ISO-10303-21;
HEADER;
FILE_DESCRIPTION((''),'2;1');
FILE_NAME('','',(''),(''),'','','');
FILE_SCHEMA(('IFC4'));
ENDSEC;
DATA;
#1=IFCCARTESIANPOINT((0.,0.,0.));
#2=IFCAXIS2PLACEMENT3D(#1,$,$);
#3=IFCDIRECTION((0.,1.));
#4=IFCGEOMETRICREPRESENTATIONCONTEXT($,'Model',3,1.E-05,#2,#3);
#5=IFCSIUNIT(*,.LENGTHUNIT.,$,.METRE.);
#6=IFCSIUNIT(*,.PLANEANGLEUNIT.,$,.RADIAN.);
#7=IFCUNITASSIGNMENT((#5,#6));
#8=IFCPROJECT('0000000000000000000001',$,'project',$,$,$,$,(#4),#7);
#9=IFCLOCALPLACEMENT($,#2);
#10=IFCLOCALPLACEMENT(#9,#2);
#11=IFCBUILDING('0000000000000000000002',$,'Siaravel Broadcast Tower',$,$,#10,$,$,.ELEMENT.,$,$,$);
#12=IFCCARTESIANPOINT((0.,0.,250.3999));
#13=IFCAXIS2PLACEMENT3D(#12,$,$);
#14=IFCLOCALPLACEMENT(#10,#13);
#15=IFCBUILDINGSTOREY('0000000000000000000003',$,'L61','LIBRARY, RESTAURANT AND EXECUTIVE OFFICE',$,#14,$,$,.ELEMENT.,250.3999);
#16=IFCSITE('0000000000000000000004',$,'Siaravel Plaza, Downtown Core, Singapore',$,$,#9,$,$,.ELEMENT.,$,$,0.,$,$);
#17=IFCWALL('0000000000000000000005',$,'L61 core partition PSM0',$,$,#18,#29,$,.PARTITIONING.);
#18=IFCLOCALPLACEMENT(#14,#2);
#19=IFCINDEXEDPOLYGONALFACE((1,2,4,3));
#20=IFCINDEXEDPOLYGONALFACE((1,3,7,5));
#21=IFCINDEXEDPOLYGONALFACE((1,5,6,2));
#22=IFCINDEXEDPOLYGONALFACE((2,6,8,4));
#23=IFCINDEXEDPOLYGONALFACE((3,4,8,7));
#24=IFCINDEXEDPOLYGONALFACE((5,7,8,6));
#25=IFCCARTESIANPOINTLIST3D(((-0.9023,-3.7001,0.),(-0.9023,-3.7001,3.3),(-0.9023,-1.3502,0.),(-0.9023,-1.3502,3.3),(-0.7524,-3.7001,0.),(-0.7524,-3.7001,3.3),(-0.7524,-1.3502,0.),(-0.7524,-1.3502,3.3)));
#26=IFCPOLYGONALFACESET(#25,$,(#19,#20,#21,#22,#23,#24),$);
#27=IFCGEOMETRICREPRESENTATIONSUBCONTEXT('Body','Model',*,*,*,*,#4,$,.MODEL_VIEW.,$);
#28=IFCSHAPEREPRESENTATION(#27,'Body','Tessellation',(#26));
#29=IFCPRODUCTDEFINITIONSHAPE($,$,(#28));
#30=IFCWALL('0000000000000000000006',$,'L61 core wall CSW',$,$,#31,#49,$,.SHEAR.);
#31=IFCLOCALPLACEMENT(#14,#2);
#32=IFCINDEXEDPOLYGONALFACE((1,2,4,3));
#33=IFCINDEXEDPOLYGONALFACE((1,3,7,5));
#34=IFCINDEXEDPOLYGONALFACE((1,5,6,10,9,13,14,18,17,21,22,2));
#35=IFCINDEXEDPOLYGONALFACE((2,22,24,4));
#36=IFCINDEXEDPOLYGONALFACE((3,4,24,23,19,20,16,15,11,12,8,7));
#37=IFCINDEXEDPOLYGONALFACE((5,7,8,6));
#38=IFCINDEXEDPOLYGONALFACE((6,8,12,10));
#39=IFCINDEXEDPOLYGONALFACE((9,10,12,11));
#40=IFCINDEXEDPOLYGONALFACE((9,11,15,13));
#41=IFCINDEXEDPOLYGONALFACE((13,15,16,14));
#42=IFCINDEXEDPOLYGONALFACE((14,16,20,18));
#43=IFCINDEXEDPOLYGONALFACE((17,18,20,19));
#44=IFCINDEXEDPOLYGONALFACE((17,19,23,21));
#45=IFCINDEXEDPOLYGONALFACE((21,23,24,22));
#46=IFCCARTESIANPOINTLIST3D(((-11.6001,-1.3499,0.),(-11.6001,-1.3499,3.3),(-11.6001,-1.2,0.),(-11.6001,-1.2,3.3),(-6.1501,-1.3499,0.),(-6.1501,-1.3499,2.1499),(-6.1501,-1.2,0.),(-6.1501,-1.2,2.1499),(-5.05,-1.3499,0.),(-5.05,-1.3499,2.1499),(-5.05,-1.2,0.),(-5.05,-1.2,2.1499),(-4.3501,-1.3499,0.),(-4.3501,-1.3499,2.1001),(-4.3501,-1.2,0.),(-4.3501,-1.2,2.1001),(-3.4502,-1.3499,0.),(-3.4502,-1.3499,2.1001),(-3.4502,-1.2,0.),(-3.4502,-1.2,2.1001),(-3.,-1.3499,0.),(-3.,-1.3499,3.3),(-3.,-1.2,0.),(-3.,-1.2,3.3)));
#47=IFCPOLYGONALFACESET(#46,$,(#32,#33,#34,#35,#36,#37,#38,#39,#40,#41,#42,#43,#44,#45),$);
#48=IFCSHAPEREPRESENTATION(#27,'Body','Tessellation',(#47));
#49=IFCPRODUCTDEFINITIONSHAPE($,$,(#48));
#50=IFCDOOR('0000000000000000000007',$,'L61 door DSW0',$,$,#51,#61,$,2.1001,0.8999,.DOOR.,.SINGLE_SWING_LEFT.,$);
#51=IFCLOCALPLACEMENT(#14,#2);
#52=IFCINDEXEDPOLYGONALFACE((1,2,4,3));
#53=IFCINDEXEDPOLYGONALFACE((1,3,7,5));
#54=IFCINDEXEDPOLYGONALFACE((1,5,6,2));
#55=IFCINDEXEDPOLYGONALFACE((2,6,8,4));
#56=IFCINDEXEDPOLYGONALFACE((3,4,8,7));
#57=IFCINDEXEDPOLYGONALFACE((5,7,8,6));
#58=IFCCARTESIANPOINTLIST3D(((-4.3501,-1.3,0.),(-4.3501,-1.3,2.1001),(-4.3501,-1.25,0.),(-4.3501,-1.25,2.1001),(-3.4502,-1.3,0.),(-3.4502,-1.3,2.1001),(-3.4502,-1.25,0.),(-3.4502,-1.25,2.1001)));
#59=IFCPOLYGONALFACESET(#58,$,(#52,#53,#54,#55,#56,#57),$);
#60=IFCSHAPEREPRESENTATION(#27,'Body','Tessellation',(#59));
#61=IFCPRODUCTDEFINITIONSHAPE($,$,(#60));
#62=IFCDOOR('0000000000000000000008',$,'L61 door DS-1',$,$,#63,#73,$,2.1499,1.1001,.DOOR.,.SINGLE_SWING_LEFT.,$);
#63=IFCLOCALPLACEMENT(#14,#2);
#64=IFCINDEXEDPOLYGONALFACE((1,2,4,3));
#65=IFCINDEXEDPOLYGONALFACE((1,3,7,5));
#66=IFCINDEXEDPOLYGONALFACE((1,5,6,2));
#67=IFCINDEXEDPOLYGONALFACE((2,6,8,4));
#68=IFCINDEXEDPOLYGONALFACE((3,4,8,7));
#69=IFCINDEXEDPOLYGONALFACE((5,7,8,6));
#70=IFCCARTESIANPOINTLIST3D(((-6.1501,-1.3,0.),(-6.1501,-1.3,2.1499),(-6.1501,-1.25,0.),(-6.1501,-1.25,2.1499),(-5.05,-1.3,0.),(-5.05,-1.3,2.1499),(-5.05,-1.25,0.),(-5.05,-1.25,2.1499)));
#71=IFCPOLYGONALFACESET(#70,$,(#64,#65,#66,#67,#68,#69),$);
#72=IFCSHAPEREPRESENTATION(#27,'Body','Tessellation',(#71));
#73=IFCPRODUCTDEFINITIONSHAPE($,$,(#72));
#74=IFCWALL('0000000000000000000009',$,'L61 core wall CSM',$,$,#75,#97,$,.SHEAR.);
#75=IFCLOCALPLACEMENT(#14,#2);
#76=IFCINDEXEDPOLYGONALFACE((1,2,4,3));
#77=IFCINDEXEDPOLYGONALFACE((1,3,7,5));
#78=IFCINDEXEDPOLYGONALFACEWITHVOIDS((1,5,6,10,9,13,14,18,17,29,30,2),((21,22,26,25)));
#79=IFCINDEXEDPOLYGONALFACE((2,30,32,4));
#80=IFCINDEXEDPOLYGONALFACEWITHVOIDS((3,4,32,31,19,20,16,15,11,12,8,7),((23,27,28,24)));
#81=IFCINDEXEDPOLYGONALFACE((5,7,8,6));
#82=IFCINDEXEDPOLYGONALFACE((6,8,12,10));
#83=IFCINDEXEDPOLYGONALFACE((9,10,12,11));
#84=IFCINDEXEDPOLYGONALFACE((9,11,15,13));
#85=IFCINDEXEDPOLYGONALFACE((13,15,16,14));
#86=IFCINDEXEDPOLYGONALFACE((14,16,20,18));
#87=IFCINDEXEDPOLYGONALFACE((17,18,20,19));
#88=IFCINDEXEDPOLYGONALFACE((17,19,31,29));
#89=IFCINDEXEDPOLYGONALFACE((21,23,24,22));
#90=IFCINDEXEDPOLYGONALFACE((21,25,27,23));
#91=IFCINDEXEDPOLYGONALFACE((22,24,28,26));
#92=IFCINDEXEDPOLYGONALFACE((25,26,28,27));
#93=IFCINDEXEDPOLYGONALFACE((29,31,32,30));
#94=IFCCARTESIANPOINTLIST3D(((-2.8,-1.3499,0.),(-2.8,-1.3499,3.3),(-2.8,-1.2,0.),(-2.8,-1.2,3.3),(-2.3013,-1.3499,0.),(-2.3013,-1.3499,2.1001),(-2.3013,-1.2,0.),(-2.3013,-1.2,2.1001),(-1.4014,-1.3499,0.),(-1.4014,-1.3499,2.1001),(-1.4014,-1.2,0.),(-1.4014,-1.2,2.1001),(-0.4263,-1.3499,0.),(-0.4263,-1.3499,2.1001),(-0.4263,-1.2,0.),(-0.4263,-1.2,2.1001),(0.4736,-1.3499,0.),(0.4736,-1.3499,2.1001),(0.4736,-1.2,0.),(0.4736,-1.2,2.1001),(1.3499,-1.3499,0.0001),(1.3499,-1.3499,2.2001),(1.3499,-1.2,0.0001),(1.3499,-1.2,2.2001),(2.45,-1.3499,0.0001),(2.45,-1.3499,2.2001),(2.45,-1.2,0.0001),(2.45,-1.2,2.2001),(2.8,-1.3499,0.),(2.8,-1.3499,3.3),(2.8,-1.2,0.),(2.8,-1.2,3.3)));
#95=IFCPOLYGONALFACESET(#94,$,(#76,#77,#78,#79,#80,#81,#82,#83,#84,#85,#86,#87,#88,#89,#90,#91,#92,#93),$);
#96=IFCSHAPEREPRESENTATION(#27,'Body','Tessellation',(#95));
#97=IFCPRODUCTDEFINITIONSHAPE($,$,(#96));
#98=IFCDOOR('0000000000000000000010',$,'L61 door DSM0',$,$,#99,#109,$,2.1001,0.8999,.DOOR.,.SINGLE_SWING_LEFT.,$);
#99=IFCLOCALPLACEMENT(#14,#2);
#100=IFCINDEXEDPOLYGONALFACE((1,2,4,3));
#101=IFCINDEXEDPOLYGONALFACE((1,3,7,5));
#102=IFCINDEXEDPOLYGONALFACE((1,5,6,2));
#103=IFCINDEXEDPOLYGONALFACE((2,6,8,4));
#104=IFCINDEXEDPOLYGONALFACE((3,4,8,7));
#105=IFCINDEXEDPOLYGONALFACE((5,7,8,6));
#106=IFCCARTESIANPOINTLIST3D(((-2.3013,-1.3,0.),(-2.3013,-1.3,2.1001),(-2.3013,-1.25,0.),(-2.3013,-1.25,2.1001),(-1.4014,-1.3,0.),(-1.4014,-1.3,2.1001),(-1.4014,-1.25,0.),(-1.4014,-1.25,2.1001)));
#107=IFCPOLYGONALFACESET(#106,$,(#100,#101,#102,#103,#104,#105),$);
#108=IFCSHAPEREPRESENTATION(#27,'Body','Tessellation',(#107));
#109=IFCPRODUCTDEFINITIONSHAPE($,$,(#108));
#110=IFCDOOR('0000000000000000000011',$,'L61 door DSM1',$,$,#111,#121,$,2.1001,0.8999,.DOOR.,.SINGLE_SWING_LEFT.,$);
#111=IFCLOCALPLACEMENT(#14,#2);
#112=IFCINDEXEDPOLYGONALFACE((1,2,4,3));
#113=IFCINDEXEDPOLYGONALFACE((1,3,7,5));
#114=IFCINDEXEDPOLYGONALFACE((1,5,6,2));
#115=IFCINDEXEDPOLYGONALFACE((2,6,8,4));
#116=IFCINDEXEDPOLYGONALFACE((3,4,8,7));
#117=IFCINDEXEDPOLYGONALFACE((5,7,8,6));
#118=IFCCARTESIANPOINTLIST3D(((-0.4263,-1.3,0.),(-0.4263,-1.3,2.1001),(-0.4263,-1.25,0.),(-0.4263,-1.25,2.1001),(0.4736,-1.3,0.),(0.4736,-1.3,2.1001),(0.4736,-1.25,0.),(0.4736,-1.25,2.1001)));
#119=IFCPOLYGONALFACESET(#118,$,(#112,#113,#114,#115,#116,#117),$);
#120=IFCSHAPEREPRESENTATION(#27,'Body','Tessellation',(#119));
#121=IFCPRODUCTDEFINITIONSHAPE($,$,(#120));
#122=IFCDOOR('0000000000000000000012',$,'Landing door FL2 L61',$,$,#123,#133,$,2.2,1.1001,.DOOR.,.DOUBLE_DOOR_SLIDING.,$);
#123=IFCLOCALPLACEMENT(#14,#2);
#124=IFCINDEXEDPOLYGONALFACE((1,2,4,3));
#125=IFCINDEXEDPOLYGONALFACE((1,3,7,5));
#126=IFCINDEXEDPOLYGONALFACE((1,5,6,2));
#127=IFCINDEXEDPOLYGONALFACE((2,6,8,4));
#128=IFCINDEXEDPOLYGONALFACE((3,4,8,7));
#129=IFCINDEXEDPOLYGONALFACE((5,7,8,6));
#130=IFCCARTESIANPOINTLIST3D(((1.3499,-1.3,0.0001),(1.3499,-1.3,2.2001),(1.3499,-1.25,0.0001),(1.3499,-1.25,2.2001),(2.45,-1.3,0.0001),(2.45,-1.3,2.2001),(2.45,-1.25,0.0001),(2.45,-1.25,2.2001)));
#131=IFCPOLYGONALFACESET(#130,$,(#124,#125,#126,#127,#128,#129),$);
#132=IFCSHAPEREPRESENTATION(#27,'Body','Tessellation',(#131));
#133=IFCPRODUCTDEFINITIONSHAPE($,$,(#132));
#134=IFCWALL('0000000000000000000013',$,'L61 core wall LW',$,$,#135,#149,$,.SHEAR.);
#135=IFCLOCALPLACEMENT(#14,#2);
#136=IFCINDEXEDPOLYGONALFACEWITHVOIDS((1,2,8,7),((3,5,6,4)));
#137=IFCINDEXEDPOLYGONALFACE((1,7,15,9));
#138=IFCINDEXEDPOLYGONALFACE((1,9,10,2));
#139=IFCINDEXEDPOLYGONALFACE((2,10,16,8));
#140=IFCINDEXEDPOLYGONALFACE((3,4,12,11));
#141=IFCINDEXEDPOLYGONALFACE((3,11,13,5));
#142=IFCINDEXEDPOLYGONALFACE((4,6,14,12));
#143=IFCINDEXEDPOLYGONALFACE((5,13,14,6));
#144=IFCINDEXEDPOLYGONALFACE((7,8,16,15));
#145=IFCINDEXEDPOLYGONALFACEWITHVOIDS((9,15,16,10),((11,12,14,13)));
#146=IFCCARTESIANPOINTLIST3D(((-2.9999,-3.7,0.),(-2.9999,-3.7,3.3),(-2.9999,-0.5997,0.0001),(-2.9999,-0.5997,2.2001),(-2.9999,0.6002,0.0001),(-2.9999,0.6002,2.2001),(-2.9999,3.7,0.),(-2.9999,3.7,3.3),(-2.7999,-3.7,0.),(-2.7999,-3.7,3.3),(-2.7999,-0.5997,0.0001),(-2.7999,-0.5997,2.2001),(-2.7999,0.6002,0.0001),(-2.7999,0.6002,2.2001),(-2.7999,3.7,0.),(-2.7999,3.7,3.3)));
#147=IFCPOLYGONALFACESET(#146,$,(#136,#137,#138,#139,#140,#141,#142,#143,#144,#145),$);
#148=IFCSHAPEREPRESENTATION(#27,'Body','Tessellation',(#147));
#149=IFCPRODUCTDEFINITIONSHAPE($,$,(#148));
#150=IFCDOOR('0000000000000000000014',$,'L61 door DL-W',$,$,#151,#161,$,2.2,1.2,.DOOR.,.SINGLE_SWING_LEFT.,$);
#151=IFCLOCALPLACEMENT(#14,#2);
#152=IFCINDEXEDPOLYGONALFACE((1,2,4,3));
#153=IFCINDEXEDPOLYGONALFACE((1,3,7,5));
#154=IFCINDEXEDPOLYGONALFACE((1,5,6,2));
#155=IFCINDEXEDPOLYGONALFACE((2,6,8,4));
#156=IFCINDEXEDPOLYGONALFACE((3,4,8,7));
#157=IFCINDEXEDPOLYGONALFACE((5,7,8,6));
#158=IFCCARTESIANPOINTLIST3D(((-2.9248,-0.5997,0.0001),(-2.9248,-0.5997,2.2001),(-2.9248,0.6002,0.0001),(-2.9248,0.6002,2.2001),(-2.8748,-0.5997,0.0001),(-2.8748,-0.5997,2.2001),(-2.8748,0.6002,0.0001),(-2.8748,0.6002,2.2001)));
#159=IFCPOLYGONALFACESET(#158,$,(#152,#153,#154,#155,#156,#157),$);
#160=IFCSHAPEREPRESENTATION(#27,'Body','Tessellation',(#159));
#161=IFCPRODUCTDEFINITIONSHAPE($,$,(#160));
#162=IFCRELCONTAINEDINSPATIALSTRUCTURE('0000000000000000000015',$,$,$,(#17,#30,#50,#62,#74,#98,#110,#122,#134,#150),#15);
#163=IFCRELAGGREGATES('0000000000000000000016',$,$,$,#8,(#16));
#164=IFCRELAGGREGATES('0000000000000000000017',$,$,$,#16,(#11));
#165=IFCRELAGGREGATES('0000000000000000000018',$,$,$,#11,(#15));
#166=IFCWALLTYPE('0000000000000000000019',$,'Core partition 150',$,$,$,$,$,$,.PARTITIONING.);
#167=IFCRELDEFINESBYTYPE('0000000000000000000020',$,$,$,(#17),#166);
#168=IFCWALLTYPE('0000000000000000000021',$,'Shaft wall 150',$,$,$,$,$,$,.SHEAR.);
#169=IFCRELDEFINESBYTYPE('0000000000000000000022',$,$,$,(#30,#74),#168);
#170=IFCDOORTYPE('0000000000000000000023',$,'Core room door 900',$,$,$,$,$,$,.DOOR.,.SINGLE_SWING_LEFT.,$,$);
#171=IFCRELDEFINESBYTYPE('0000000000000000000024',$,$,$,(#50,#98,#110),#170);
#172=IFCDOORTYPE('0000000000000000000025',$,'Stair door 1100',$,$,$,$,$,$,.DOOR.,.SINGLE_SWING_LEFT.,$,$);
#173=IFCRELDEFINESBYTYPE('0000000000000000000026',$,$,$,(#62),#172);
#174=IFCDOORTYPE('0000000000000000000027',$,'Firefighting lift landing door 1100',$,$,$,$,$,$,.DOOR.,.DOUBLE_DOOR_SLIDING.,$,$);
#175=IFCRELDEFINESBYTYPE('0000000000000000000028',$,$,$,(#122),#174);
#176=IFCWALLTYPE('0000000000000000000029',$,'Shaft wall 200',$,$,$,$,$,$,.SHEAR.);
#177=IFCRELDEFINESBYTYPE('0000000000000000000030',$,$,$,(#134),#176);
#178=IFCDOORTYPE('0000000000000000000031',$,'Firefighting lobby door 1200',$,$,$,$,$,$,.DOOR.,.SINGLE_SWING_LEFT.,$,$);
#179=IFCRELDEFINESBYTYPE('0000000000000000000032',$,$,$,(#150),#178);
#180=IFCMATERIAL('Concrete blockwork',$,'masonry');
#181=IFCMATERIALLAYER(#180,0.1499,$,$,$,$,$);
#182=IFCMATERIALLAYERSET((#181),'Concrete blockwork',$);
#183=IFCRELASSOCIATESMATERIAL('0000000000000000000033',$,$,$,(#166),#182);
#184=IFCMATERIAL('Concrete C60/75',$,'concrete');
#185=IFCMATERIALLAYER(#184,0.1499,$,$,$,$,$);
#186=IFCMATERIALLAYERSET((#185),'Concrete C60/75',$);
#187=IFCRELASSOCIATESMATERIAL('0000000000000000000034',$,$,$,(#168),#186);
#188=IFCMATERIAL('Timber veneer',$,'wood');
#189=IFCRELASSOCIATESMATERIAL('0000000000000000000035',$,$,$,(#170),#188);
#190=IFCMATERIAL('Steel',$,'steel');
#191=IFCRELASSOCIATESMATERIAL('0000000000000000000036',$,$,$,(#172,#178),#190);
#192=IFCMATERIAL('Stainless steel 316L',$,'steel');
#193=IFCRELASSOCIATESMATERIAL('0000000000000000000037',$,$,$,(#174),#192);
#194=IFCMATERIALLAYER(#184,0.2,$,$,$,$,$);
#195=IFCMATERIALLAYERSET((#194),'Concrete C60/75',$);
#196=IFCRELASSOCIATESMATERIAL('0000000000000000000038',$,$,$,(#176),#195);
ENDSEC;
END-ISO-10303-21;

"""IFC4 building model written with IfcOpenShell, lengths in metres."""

from ifc_helpers import new_model, si_unit, direction, frame, frame_2d, origin, place, context, subcontext, project, spatial, rectangle, extrude, material, layer, layer_set, type_object, element, fill, save


model = new_model("IFC4")

# Units and contexts
model_context = context("Model", 3, precision=1e-05, world=origin(), true_north=direction((0.0, 1.0)))
body_context = subcontext(model_context, "Body", "Model", "MODEL_VIEW")
ifc_project = project(units=[si_unit("LENGTHUNIT", "METRE"), si_unit("PLANEANGLEUNIT", "RADIAN")], contexts=[model_context])

# Site, building, storey
site_placement = place(None, origin())
site = spatial("IfcSite", under=ifc_project, at=site_placement, Name="Siaravel Plaza, Downtown Core, Singapore", CompositionType="ELEMENT", RefElevation=0.0)
building_placement = place(site_placement, origin())
building = spatial("IfcBuilding", under=site, at=building_placement, Name="Siaravel Broadcast Tower", CompositionType="ELEMENT")
storey_placement = place(building_placement, frame((0.0, 0.0, 250.3999)))
storey = spatial("IfcBuildingStorey", under=building, at=storey_placement, Name="L61", Description="LIBRARY, RESTAURANT AND EXECUTIVE OFFICE", CompositionType="ELEMENT", Elevation=250.3999)

# Wall
ifc_material_1 = material(Name="Concrete blockwork", Category="masonry")
ifc_layer_1 = layer(ifc_material_1, 0.1499)
ifc_layer_set_1 = layer_set([ifc_layer_1], Name="Concrete blockwork")
wall_type_1 = type_object("IfcWallType", Name="Core partition 150", PredefinedType="PARTITIONING", material=ifc_layer_set_1)
wall_1_placement = place(storey_placement, frame((-0.8274, -3.7, 0.0), z_axis=(0.0, 0.0, 1.0), x_axis=(0.0, 1.0, 0.0)))
element("IfcWall", 1, at=wall_1_placement, inside=storey, type_object=wall_type_1, Name="L61 core partition PSM0", PredefinedType="PARTITIONING", context=body_context, shape_type="SweptSolid", body=[
    extrude(rectangle(XDim=2.3499, YDim=0.1499, at=frame_2d((1.1748, 0.0))), origin(), (0.0, 0.0, 1.0), 3.3),
])

# Walls, openings, doors
ifc_material_2 = material(Name="Concrete C60/75", Category="concrete")
ifc_layer_2 = layer(ifc_material_2, 0.1499)
ifc_layer_set_2 = layer_set([ifc_layer_2], Name="Concrete C60/75")
wall_type_2 = type_object("IfcWallType", Name="Shaft wall 150", PredefinedType="SHEAR", material=ifc_layer_set_2)
wall_2_placement = place(storey_placement, frame((-11.6001, -1.2749, 0.0), z_axis=(0.0, 0.0, 1.0), x_axis=(1.0, 0.0, 0.0)))
wall_2 = element("IfcWall", 2, at=wall_2_placement, inside=storey, type_object=wall_type_2, Name="L61 core wall CSW", PredefinedType="SHEAR", context=body_context, shape_type="SweptSolid", body=[
    extrude(rectangle(XDim=8.6001, YDim=0.1499, at=frame_2d((4.3, 0.0))), origin(), (0.0, 0.0, 1.0), 3.3),
])
opening_1_placement = place(wall_2_placement, frame((5.45, 0.0, 0.0)))
opening_1 = element("IfcOpeningElement", 3, at=opening_1_placement, cuts=wall_2, PredefinedType="OPENING", context=body_context, shape_type="SweptSolid", body=[
    extrude(rectangle(XDim=1.1001, YDim=2.1499, at=frame_2d((0.55, 1.075))), frame((0.0, 0.085, 0.0), z_axis=(0.0, -1.0, 0.0), x_axis=(1.0, 0.0, 0.0)), (0.0, 0.0, 1.0), 0.1699),
])
opening_2_placement = place(wall_2_placement, frame((7.25, 0.0, 0.0)))
opening_2 = element("IfcOpeningElement", 4, at=opening_2_placement, cuts=wall_2, PredefinedType="OPENING", context=body_context, shape_type="SweptSolid", body=[
    extrude(rectangle(XDim=0.8999, YDim=2.1001, at=frame_2d((0.45, 1.05))), frame((0.0, 0.085, 0.0), z_axis=(0.0, -1.0, 0.0), x_axis=(1.0, 0.0, 0.0)), (0.0, 0.0, 1.0), 0.1699),
])
ifc_material_3 = material(Name="Timber veneer", Category="wood")
door_type_1 = type_object("IfcDoorType", Name="Core room door 900", OperationType="SINGLE_SWING_LEFT", PredefinedType="DOOR", material=ifc_material_3)
door_1_placement = place(opening_2_placement, origin())
door_1 = element("IfcDoor", 5, at=door_1_placement, inside=storey, type_object=door_type_1, Name="L61 door DSW0", OperationType="SINGLE_SWING_LEFT", OverallHeight=2.1001, OverallWidth=0.8999, PredefinedType="DOOR", context=body_context, shape_type="SweptSolid", body=[
    extrude(rectangle(XDim=0.8999, YDim=2.1001, at=frame_2d((0.45, 1.05))), frame((0.0, 0.0249, 0.0), z_axis=(0.0, -1.0, 0.0), x_axis=(1.0, 0.0, 0.0)), (0.0, 0.0, 1.0), 0.05),
])
fill(opening_2, door_1)
ifc_material_4 = material(Name="Steel", Category="steel")
door_type_2 = type_object("IfcDoorType", Name="Stair door 1100", OperationType="SINGLE_SWING_LEFT", PredefinedType="DOOR", material=ifc_material_4)
door_2_placement = place(opening_1_placement, origin())
door_2 = element("IfcDoor", 6, at=door_2_placement, inside=storey, type_object=door_type_2, Name="L61 door DS-1", OperationType="SINGLE_SWING_LEFT", OverallHeight=2.1499, OverallWidth=1.1001, PredefinedType="DOOR", context=body_context, shape_type="SweptSolid", body=[
    extrude(rectangle(XDim=1.1001, YDim=2.1499, at=frame_2d((0.55, 1.075))), frame((0.0, 0.0249, 0.0), z_axis=(0.0, -1.0, 0.0), x_axis=(1.0, 0.0, 0.0)), (0.0, 0.0, 1.0), 0.05),
])
fill(opening_1, door_2)
wall_3_placement = place(storey_placement, frame((-2.8, -1.2749, 0.0), z_axis=(0.0, 0.0, 1.0), x_axis=(1.0, 0.0, 0.0)))
wall_3 = element("IfcWall", 7, at=wall_3_placement, inside=storey, type_object=wall_type_2, Name="L61 core wall CSM", PredefinedType="SHEAR", context=body_context, shape_type="SweptSolid", body=[
    extrude(rectangle(XDim=5.6001, YDim=0.1499, at=frame_2d((2.8, 0.0))), origin(), (0.0, 0.0, 1.0), 3.3),
])
opening_3_placement = place(wall_3_placement, frame((4.1499, 0.0, 0.0)))
opening_3 = element("IfcOpeningElement", 8, at=opening_3_placement, cuts=wall_3, PredefinedType="OPENING", context=body_context, shape_type="SweptSolid", body=[
    extrude(rectangle(XDim=1.1001, YDim=2.2, at=frame_2d((0.55, 1.1001))), frame((0.0, 0.085, 0.0), z_axis=(0.0, -1.0, 0.0), x_axis=(1.0, 0.0, 0.0)), (0.0, 0.0, 1.0), 0.1699),
])
opening_4_placement = place(wall_3_placement, frame((0.4988, 0.0, 0.0)))
opening_4 = element("IfcOpeningElement", 9, at=opening_4_placement, cuts=wall_3, PredefinedType="OPENING", context=body_context, shape_type="SweptSolid", body=[
    extrude(rectangle(XDim=0.8999, YDim=2.1001, at=frame_2d((0.45, 1.05))), frame((0.0, 0.085, 0.0), z_axis=(0.0, -1.0, 0.0), x_axis=(1.0, 0.0, 0.0)), (0.0, 0.0, 1.0), 0.1699),
])
opening_5_placement = place(wall_3_placement, frame((2.3738, 0.0, 0.0)))
opening_5 = element("IfcOpeningElement", 10, at=opening_5_placement, cuts=wall_3, PredefinedType="OPENING", context=body_context, shape_type="SweptSolid", body=[
    extrude(rectangle(XDim=0.8999, YDim=2.1001, at=frame_2d((0.45, 1.05))), frame((0.0, 0.085, 0.0), z_axis=(0.0, -1.0, 0.0), x_axis=(1.0, 0.0, 0.0)), (0.0, 0.0, 1.0), 0.1699),
])
door_3_placement = place(opening_4_placement, origin())
door_3 = element("IfcDoor", 11, at=door_3_placement, inside=storey, type_object=door_type_1, Name="L61 door DSM0", OperationType="SINGLE_SWING_LEFT", OverallHeight=2.1001, OverallWidth=0.8999, PredefinedType="DOOR", context=body_context, shape_type="SweptSolid", body=[
    extrude(rectangle(XDim=0.8999, YDim=2.1001, at=frame_2d((0.45, 1.05))), frame((0.0, 0.0249, 0.0), z_axis=(0.0, -1.0, 0.0), x_axis=(1.0, 0.0, 0.0)), (0.0, 0.0, 1.0), 0.05),
])
fill(opening_4, door_3)
door_4_placement = place(opening_5_placement, origin())
door_4 = element("IfcDoor", 12, at=door_4_placement, inside=storey, type_object=door_type_1, Name="L61 door DSM1", OperationType="SINGLE_SWING_LEFT", OverallHeight=2.1001, OverallWidth=0.8999, PredefinedType="DOOR", context=body_context, shape_type="SweptSolid", body=[
    extrude(rectangle(XDim=0.8999, YDim=2.1001, at=frame_2d((0.45, 1.05))), frame((0.0, 0.0249, 0.0), z_axis=(0.0, -1.0, 0.0), x_axis=(1.0, 0.0, 0.0)), (0.0, 0.0, 1.0), 0.05),
])
fill(opening_5, door_4)
ifc_material_5 = material(Name="Stainless steel 316L", Category="steel")
door_type_3 = type_object("IfcDoorType", Name="Firefighting lift landing door 1100", OperationType="DOUBLE_DOOR_SLIDING", PredefinedType="DOOR", material=ifc_material_5)
door_5_placement = place(opening_3_placement, origin())
door_5 = element("IfcDoor", 13, at=door_5_placement, inside=storey, type_object=door_type_3, Name="Landing door FL2 L61", OperationType="DOUBLE_DOOR_SLIDING", OverallHeight=2.2, OverallWidth=1.1001, PredefinedType="DOOR", context=body_context, shape_type="SweptSolid", body=[
    extrude(rectangle(XDim=1.1001, YDim=2.2, at=frame_2d((0.55, 1.1001))), frame((0.0, 0.0249, 0.0), z_axis=(0.0, -1.0, 0.0), x_axis=(1.0, 0.0, 0.0)), (0.0, 0.0, 1.0), 0.05),
])
fill(opening_3, door_5)

# Wall, opening, door
ifc_layer_3 = layer(ifc_material_2, 0.2)
ifc_layer_set_3 = layer_set([ifc_layer_3], Name="Concrete C60/75")
wall_type_3 = type_object("IfcWallType", Name="Shaft wall 200", PredefinedType="SHEAR", material=ifc_layer_set_3)
wall_4_placement = place(storey_placement, frame((-2.8999, -3.7, 0.0), z_axis=(0.0, 0.0, 1.0), x_axis=(0.0, 1.0, 0.0)))
wall_4 = element("IfcWall", 14, at=wall_4_placement, inside=storey, type_object=wall_type_3, Name="L61 core wall LW", PredefinedType="SHEAR", context=body_context, shape_type="SweptSolid", body=[
    extrude(rectangle(XDim=7.3999, YDim=0.2, at=frame_2d((3.7, 0.0))), origin(), (0.0, 0.0, 1.0), 3.3),
])
opening_6_placement = place(wall_4_placement, frame((3.1001, 0.0, 0.0)))
opening_6 = element("IfcOpeningElement", 15, at=opening_6_placement, cuts=wall_4, PredefinedType="OPENING", context=body_context, shape_type="SweptSolid", body=[
    extrude(rectangle(XDim=1.2, YDim=2.2, at=frame_2d((0.6001, 1.1001))), frame((0.0, 0.1099, 0.0), z_axis=(0.0, -1.0, 0.0), x_axis=(1.0, 0.0, 0.0)), (0.0, 0.0, 1.0), 0.22),
])
door_type_4 = type_object("IfcDoorType", Name="Firefighting lobby door 1200", OperationType="SINGLE_SWING_LEFT", PredefinedType="DOOR", material=ifc_material_4)
door_6_placement = place(opening_6_placement, origin())
door_6 = element("IfcDoor", 16, at=door_6_placement, inside=storey, type_object=door_type_4, Name="L61 door DL-W", OperationType="SINGLE_SWING_LEFT", OverallHeight=2.2, OverallWidth=1.2, PredefinedType="DOOR", context=body_context, shape_type="SweptSolid", body=[
    extrude(rectangle(XDim=1.2, YDim=2.2, at=frame_2d((0.6001, 1.1001))), frame((0.0, 0.0249, 0.0), z_axis=(0.0, -1.0, 0.0), x_axis=(1.0, 0.0, 0.0)), (0.0, 0.0, 1.0), 0.05),
])
fill(opening_6, door_6)

save(model, "model.ifc")
